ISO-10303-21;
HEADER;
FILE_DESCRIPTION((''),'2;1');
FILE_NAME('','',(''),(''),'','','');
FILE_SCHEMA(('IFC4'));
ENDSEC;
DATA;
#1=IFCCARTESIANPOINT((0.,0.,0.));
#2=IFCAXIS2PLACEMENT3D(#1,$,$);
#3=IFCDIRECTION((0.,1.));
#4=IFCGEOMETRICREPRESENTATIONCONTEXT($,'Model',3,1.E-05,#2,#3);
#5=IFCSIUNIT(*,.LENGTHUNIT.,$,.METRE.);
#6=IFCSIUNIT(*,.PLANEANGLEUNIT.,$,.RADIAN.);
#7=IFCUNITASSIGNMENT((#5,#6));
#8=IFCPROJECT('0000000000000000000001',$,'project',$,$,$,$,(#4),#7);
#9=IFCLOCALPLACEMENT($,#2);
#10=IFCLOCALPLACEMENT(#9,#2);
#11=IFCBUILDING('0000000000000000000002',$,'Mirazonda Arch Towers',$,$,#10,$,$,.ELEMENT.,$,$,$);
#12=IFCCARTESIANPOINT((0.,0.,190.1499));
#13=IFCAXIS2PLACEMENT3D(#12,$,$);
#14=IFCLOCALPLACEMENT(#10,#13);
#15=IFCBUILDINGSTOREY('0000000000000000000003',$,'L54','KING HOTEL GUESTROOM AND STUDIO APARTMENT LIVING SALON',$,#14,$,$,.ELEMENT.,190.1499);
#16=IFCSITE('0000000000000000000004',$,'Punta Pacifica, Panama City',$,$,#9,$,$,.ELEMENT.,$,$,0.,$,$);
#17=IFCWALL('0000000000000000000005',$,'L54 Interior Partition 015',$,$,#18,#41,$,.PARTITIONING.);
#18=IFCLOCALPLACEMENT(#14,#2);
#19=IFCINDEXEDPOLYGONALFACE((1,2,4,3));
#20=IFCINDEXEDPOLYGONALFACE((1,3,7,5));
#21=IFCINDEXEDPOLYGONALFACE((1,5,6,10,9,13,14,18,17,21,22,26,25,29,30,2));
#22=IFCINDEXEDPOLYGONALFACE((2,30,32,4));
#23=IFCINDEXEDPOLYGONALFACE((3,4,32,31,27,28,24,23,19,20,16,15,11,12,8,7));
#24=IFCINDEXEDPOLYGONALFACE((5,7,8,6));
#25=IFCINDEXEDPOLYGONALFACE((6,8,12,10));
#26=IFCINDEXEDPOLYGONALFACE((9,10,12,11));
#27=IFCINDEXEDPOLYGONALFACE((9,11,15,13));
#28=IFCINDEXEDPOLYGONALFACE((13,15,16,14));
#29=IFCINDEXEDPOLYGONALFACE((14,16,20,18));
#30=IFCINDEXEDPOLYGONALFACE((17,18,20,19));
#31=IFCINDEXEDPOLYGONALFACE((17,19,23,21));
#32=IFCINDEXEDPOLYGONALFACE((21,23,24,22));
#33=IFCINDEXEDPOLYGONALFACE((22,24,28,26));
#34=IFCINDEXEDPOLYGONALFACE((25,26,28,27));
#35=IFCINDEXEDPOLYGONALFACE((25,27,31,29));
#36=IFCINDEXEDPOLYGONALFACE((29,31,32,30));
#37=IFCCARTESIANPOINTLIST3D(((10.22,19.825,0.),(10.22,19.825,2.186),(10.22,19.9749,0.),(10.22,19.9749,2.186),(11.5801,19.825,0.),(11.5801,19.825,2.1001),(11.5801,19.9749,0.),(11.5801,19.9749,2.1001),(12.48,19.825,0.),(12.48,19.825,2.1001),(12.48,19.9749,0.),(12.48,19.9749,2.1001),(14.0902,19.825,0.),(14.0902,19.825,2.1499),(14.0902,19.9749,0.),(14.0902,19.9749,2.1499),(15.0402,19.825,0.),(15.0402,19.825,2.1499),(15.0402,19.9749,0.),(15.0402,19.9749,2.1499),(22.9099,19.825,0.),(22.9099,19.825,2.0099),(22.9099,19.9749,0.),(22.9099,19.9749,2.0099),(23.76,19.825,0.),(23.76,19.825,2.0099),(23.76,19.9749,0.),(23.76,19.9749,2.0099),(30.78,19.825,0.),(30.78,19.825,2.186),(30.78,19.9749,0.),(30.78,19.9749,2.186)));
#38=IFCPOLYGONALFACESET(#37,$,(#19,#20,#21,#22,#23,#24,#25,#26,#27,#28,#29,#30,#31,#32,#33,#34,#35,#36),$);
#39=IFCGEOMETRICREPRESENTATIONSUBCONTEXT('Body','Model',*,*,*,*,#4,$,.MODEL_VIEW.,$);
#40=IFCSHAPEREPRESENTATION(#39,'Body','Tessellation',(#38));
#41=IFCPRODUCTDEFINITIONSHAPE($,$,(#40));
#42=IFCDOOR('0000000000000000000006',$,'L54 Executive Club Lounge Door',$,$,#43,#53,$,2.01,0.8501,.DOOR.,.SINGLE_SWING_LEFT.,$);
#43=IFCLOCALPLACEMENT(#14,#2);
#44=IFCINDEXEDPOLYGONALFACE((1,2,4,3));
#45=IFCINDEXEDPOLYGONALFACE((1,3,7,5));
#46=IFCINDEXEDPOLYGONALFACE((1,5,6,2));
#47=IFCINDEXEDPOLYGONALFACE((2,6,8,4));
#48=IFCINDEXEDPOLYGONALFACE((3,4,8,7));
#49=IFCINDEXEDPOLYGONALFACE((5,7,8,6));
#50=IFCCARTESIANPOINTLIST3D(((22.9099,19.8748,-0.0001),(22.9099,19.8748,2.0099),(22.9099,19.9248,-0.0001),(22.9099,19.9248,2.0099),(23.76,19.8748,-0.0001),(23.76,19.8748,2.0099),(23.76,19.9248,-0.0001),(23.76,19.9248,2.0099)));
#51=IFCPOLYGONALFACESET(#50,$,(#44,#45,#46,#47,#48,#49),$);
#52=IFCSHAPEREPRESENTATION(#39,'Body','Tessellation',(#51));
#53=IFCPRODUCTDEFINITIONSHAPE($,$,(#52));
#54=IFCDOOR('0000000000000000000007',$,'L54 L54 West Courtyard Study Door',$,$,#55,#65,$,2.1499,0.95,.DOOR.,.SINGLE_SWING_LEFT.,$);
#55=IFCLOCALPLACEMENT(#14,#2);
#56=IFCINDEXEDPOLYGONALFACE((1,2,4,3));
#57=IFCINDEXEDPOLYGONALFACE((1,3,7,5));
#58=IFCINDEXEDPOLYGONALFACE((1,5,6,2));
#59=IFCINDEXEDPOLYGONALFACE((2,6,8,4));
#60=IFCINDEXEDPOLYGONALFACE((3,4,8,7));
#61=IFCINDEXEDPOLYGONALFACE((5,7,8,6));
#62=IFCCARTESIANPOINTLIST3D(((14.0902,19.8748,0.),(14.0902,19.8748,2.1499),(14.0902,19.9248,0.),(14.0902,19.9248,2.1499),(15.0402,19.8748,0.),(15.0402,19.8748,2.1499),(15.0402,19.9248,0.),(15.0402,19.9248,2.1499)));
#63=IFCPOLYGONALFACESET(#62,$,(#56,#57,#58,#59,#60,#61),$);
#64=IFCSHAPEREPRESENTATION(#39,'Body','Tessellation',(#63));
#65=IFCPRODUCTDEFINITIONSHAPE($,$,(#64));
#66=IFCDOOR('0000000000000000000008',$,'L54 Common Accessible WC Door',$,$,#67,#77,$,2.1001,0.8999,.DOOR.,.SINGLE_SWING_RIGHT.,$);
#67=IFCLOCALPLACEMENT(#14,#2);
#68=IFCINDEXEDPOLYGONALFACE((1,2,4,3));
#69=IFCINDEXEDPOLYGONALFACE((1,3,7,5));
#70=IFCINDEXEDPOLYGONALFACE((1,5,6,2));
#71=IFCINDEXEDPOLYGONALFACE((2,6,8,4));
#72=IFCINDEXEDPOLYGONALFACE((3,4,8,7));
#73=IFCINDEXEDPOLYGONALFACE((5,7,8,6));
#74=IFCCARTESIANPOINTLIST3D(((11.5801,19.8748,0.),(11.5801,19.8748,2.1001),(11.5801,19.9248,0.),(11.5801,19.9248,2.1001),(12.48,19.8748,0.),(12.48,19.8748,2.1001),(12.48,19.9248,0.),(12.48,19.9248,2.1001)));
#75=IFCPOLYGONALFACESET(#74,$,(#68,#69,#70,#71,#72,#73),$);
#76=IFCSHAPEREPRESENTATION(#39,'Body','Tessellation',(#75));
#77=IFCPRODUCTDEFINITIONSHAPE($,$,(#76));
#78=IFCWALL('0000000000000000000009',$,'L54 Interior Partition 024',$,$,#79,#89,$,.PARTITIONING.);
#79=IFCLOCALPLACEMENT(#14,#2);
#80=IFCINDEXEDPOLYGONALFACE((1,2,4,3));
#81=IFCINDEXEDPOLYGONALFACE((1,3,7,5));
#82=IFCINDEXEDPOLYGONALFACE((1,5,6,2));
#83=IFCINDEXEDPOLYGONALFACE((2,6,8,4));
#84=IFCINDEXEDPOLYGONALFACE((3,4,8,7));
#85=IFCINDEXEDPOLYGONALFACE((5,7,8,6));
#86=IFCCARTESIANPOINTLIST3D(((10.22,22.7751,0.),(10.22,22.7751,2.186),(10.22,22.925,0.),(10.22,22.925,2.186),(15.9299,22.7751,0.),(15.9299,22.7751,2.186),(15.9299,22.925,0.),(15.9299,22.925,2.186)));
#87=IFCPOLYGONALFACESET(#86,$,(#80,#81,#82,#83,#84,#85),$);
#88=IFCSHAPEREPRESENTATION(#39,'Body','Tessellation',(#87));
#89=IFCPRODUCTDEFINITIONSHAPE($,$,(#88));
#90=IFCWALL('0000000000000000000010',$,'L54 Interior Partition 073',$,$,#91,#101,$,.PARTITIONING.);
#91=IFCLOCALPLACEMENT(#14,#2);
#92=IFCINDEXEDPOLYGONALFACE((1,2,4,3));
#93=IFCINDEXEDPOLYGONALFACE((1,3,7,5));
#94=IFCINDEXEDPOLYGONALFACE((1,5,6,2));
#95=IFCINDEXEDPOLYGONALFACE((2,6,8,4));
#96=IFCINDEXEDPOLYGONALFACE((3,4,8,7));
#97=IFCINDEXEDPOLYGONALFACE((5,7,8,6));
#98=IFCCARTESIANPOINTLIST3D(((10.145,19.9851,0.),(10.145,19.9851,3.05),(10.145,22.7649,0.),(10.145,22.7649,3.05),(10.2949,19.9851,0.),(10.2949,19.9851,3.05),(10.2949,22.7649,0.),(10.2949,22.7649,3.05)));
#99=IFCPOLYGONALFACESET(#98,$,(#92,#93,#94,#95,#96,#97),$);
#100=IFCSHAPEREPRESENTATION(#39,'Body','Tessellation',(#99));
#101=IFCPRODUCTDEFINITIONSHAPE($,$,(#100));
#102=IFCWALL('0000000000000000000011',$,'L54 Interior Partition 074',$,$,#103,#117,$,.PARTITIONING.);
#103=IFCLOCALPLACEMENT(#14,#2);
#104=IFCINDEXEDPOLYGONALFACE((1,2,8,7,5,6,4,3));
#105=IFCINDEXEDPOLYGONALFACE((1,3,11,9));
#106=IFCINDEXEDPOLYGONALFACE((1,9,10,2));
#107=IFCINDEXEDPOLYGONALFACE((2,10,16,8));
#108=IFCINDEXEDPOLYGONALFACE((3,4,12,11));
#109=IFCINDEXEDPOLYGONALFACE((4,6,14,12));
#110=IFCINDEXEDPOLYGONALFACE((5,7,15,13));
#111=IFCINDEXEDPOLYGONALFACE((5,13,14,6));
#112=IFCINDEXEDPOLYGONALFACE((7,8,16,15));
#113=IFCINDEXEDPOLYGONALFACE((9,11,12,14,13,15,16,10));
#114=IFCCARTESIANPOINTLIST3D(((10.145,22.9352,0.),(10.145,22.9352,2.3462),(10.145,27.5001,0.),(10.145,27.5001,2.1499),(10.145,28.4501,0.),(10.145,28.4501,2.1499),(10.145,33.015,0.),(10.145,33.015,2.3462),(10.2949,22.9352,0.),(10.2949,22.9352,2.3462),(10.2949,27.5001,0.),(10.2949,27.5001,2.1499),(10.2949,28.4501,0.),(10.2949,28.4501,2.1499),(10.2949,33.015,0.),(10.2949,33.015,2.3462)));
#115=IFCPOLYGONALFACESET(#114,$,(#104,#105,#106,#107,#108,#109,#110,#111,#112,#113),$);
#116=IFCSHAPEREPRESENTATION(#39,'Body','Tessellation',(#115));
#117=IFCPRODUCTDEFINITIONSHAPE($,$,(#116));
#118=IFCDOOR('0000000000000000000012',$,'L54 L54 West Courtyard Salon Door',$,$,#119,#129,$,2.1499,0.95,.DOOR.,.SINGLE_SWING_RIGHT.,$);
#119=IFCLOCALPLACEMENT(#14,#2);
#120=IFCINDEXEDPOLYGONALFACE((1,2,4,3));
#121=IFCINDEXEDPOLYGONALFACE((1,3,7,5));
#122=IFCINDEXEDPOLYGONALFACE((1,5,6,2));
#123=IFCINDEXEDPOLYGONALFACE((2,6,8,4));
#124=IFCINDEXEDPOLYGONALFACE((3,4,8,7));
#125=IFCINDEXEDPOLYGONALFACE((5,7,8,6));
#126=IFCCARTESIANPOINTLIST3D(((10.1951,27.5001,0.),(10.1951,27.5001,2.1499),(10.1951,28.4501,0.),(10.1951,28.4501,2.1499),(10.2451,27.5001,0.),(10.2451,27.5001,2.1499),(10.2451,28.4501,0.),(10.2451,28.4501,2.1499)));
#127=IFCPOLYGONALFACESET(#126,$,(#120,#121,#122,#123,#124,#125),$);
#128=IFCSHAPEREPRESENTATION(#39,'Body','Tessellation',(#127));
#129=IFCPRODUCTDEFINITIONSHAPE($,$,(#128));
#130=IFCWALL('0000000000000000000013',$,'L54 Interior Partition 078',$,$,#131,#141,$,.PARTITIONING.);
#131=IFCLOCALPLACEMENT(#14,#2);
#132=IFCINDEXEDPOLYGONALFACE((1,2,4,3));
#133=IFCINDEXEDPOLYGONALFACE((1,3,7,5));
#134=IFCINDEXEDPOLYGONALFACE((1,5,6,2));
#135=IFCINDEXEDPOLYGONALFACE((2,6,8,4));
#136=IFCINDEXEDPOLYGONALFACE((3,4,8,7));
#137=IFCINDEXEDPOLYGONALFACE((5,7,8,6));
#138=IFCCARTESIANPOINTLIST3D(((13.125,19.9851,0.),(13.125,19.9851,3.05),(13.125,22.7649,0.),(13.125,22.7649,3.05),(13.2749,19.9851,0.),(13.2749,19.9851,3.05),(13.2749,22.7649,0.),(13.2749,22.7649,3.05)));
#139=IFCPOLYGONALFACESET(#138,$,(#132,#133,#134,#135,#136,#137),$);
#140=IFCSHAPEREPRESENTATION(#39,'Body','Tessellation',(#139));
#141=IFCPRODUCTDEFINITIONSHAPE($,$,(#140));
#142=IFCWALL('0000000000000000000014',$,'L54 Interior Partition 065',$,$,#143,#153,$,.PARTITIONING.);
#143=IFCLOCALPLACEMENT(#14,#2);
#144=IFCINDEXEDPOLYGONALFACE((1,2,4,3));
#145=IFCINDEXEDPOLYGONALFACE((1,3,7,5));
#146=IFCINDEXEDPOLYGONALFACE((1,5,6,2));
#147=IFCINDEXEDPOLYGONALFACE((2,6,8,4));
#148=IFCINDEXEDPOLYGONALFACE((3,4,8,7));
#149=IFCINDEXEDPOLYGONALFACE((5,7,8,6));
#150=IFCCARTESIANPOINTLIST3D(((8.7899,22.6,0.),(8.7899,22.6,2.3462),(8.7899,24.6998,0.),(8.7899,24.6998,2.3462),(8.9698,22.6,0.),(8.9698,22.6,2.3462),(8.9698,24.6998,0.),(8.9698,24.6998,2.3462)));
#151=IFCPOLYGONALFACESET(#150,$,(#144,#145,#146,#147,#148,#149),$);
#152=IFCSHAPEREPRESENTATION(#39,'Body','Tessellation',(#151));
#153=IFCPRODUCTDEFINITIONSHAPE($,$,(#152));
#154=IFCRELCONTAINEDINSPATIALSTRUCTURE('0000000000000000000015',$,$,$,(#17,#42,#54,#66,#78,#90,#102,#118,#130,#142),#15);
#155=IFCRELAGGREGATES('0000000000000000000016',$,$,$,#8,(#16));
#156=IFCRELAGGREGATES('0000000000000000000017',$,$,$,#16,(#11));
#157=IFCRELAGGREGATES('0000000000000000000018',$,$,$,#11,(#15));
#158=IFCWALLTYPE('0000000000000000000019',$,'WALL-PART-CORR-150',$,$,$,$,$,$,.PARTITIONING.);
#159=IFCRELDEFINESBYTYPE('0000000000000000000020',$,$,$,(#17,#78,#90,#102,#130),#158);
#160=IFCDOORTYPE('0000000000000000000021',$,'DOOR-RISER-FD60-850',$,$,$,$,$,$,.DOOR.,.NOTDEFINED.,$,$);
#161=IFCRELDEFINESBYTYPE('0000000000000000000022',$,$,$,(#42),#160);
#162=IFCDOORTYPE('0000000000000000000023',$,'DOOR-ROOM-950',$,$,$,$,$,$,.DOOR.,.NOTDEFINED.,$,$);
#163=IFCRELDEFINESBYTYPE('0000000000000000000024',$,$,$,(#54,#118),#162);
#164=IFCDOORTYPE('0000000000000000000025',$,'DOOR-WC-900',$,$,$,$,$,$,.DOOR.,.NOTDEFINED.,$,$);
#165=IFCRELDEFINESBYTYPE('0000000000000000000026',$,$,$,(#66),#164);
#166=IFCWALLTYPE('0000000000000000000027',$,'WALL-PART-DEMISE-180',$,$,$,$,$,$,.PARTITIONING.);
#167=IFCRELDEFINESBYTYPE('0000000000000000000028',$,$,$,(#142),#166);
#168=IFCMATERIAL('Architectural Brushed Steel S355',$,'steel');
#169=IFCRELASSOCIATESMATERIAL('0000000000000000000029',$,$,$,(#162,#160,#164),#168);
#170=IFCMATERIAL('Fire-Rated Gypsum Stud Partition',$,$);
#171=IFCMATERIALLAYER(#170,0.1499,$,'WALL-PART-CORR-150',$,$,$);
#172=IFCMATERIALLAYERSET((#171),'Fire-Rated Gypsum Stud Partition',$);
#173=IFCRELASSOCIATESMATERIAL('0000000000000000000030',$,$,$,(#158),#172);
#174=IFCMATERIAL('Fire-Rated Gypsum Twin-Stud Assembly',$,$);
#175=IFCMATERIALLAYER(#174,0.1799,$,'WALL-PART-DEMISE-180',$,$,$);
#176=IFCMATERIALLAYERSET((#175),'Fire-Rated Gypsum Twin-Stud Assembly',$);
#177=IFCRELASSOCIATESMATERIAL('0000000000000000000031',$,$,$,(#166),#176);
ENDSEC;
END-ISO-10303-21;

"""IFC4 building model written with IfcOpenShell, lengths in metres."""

from ifc_helpers import new_model, si_unit, direction, frame, frame_2d, origin, place, context, subcontext, project, spatial, rectangle, extrude, material, layer, layer_set, type_object, element, fill, save


model = new_model("IFC4")

# Units and contexts
model_context = context("Model", 3, precision=1e-05, world=origin(), true_north=direction((0.0, 1.0)))
body_context = subcontext(model_context, "Body", "Model", "MODEL_VIEW")
ifc_project = project(units=[si_unit("LENGTHUNIT", "METRE"), si_unit("PLANEANGLEUNIT", "RADIAN")], contexts=[model_context])

# Site, building, storey
site_placement = place(None, origin())
site = spatial("IfcSite", under=ifc_project, at=site_placement, Name="Punta Pacifica, Panama City", CompositionType="ELEMENT", RefElevation=0.0)
building_placement = place(site_placement, origin())
building = spatial("IfcBuilding", under=site, at=building_placement, Name="Mirazonda Arch Towers", CompositionType="ELEMENT")
storey_placement = place(building_placement, frame((0.0, 0.0, 190.1499)))
storey = spatial("IfcBuildingStorey", under=building, at=storey_placement, Name="L54", Description="KING HOTEL GUESTROOM AND STUDIO APARTMENT LIVING SALON", CompositionType="ELEMENT", Elevation=190.1499)

# Shared definitions
ifc_material_1 = material(Name="Architectural Brushed Steel S355", Category="steel")

# Shared definitions
door_type_1 = type_object("IfcDoorType", Name="DOOR-ROOM-950", OperationType="NOTDEFINED", PredefinedType="DOOR", material=ifc_material_1)

# Shared definitions
ifc_material_2 = material(Name="Fire-Rated Gypsum Stud Partition")
ifc_layer_1 = layer(ifc_material_2, 0.1499, Name="WALL-PART-CORR-150")
ifc_layer_set_1 = layer_set([ifc_layer_1], Name="Fire-Rated Gypsum Stud Partition")
wall_type_1 = type_object("IfcWallType", Name="WALL-PART-CORR-150", PredefinedType="PARTITIONING", material=ifc_layer_set_1)

# Wall, openings, doors
wall_1_placement = place(storey_placement, frame((10.22, 19.8999, 0.0), z_axis=(0.0, 0.0, 1.0), x_axis=(1.0, 0.0, 0.0)))
wall_1 = element("IfcWall", 1, at=wall_1_placement, inside=storey, type_object=wall_type_1, Name="L54 Interior Partition 015", PredefinedType="PARTITIONING", context=body_context, shape_type="SweptSolid", body=[
    extrude(rectangle(XDim=20.5601, YDim=0.1499, at=frame_2d((10.28, 0.0))), origin(), (0.0, 0.0, 1.0), 2.186),
])
opening_1_placement = place(wall_1_placement, frame((1.3601, 0.0, 0.0)))
opening_1 = element("IfcOpeningElement", 2, at=opening_1_placement, cuts=wall_1, PredefinedType="OPENING", context=body_context, shape_type="SweptSolid", body=[
    extrude(rectangle(XDim=0.8999, YDim=2.1001, at=frame_2d((0.45, 1.05))), frame((0.0, 0.085, 0.0), z_axis=(0.0, -1.0, 0.0), x_axis=(1.0, 0.0, 0.0)), (0.0, 0.0, 1.0), 0.1699),
])
opening_2_placement = place(wall_1_placement, frame((3.8701, 0.0, 0.0)))
opening_2 = element("IfcOpeningElement", 3, at=opening_2_placement, cuts=wall_1, PredefinedType="OPENING", context=body_context, shape_type="SweptSolid", body=[
    extrude(rectangle(XDim=0.95, YDim=2.1499, at=frame_2d((0.4751, 1.075))), frame((0.0, 0.085, 0.0), z_axis=(0.0, -1.0, 0.0), x_axis=(1.0, 0.0, 0.0)), (0.0, 0.0, 1.0), 0.1699),
])
opening_3_placement = place(wall_1_placement, frame((12.6899, 0.0, 0.0)))
opening_3 = element("IfcOpeningElement", 4, at=opening_3_placement, cuts=wall_1, PredefinedType="OPENING", context=body_context, shape_type="SweptSolid", body=[
    extrude(rectangle(XDim=0.8501, YDim=2.01, at=frame_2d((0.425, 1.0049))), frame((0.0, 0.085, 0.0), z_axis=(0.0, -1.0, 0.0), x_axis=(1.0, 0.0, 0.0)), (0.0, 0.0, 1.0), 0.1699),
])
door_type_2 = type_object("IfcDoorType", Name="DOOR-RISER-FD60-850", OperationType="NOTDEFINED", PredefinedType="DOOR", material=ifc_material_1)
door_1_placement = place(opening_3_placement, origin())
door_1 = element("IfcDoor", 5, at=door_1_placement, inside=storey, type_object=door_type_2, Name="L54 Executive Club Lounge Door", OperationType="SINGLE_SWING_LEFT", OverallHeight=2.01, OverallWidth=0.8501, PredefinedType="DOOR", context=body_context, shape_type="SweptSolid", body=[
    extrude(rectangle(XDim=0.8501, YDim=2.01, at=frame_2d((0.425, 1.0049))), frame((0.0, 0.0249, 0.0), z_axis=(0.0, -1.0, 0.0), x_axis=(1.0, 0.0, 0.0)), (0.0, 0.0, 1.0), 0.05),
])
fill(opening_3, door_1)
door_2_placement = place(opening_2_placement, origin())
door_2 = element("IfcDoor", 6, at=door_2_placement, inside=storey, type_object=door_type_1, Name="L54 L54 West Courtyard Study Door", OperationType="SINGLE_SWING_LEFT", OverallHeight=2.1499, OverallWidth=0.95, PredefinedType="DOOR", context=body_context, shape_type="SweptSolid", body=[
    extrude(rectangle(XDim=0.95, YDim=2.1499, at=frame_2d((0.4751, 1.075))), frame((0.0, 0.0249, 0.0), z_axis=(0.0, -1.0, 0.0), x_axis=(1.0, 0.0, 0.0)), (0.0, 0.0, 1.0), 0.05),
])
fill(opening_2, door_2)
door_type_3 = type_object("IfcDoorType", Name="DOOR-WC-900", OperationType="NOTDEFINED", PredefinedType="DOOR", material=ifc_material_1)
door_3_placement = place(opening_1_placement, origin())
door_3 = element("IfcDoor", 7, at=door_3_placement, inside=storey, type_object=door_type_3, Name="L54 Common Accessible WC Door", OperationType="SINGLE_SWING_RIGHT", OverallHeight=2.1001, OverallWidth=0.8999, PredefinedType="DOOR", context=body_context, shape_type="SweptSolid", body=[
    extrude(rectangle(XDim=0.8999, YDim=2.1001, at=frame_2d((0.45, 1.05))), frame((0.0, 0.0249, 0.0), z_axis=(0.0, -1.0, 0.0), x_axis=(1.0, 0.0, 0.0)), (0.0, 0.0, 1.0), 0.05),
])
fill(opening_1, door_3)

# Walls
wall_2_placement = place(storey_placement, frame((10.22, 22.8501, 0.0), z_axis=(0.0, 0.0, 1.0), x_axis=(1.0, 0.0, 0.0)))
element("IfcWall", 8, at=wall_2_placement, inside=storey, type_object=wall_type_1, Name="L54 Interior Partition 024", PredefinedType="PARTITIONING", context=body_context, shape_type="SweptSolid", body=[
    extrude(rectangle(XDim=5.71, YDim=0.1499, at=frame_2d((2.855, 0.0))), origin(), (0.0, 0.0, 1.0), 2.186),
])
wall_3_placement = place(storey_placement, frame((10.22, 19.9851, 0.0), z_axis=(0.0, 0.0, 1.0), x_axis=(0.0, 1.0, 0.0)))
element("IfcWall", 9, at=wall_3_placement, inside=storey, type_object=wall_type_1, Name="L54 Interior Partition 073", PredefinedType="PARTITIONING", context=body_context, shape_type="SweptSolid", body=[
    extrude(rectangle(XDim=2.7798, YDim=0.1499, at=frame_2d((1.3899, 0.0))), origin(), (0.0, 0.0, 1.0), 3.05),
])

# Wall, opening, door
wall_4_placement = place(storey_placement, frame((10.22, 22.9351, 0.0), z_axis=(0.0, 0.0, 1.0), x_axis=(0.0, 1.0, 0.0)))
wall_4 = element("IfcWall", 10, at=wall_4_placement, inside=storey, type_object=wall_type_1, Name="L54 Interior Partition 074", PredefinedType="PARTITIONING", context=body_context, shape_type="SweptSolid", body=[
    extrude(rectangle(XDim=10.0798, YDim=0.1499, at=frame_2d((5.04, 0.0))), origin(), (0.0, 0.0, 1.0), 2.3462),
])
opening_4_placement = place(wall_4_placement, frame((4.5649, 0.0, 0.0)))
opening_4 = element("IfcOpeningElement", 11, at=opening_4_placement, cuts=wall_4, PredefinedType="OPENING", context=body_context, shape_type="SweptSolid", body=[
    extrude(rectangle(XDim=0.95, YDim=2.1499, at=frame_2d((0.4751, 1.075))), frame((0.0, 0.085, 0.0), z_axis=(0.0, -1.0, 0.0), x_axis=(1.0, 0.0, 0.0)), (0.0, 0.0, 1.0), 0.1699),
])
door_4_placement = place(opening_4_placement, origin())
door_4 = element("IfcDoor", 12, at=door_4_placement, inside=storey, type_object=door_type_1, Name="L54 L54 West Courtyard Salon Door", OperationType="SINGLE_SWING_RIGHT", OverallHeight=2.1499, OverallWidth=0.95, PredefinedType="DOOR", context=body_context, shape_type="SweptSolid", body=[
    extrude(rectangle(XDim=0.95, YDim=2.1499, at=frame_2d((0.4751, 1.075))), frame((0.0, 0.0249, 0.0), z_axis=(0.0, -1.0, 0.0), x_axis=(1.0, 0.0, 0.0)), (0.0, 0.0, 1.0), 0.05),
])
fill(opening_4, door_4)

# Walls
wall_5_placement = place(storey_placement, frame((13.2, 19.9851, 0.0), z_axis=(0.0, 0.0, 1.0), x_axis=(0.0, 1.0, 0.0)))
element("IfcWall", 13, at=wall_5_placement, inside=storey, type_object=wall_type_1, Name="L54 Interior Partition 078", PredefinedType="PARTITIONING", context=body_context, shape_type="SweptSolid", body=[
    extrude(rectangle(XDim=2.7798, YDim=0.1499, at=frame_2d((1.3899, 0.0))), origin(), (0.0, 0.0, 1.0), 3.05),
])
ifc_material_3 = material(Name="Fire-Rated Gypsum Twin-Stud Assembly")
ifc_layer_2 = layer(ifc_material_3, 0.1799, Name="WALL-PART-DEMISE-180")
ifc_layer_set_2 = layer_set([ifc_layer_2], Name="Fire-Rated Gypsum Twin-Stud Assembly")
wall_type_2 = type_object("IfcWallType", Name="WALL-PART-DEMISE-180", PredefinedType="PARTITIONING", material=ifc_layer_set_2)
wall_6_placement = place(storey_placement, frame((8.8799, 22.6001, 0.0), z_axis=(0.0, 0.0, 1.0), x_axis=(0.0, 1.0, 0.0)))
element("IfcWall", 14, at=wall_6_placement, inside=storey, type_object=wall_type_2, Name="L54 Interior Partition 065", PredefinedType="PARTITIONING", context=body_context, shape_type="SweptSolid", body=[
    extrude(rectangle(XDim=2.0999, YDim=0.1799, at=frame_2d((1.0498, 0.0))), origin(), (0.0, 0.0, 1.0), 2.3462),
])

save(model, "model.ifc")
